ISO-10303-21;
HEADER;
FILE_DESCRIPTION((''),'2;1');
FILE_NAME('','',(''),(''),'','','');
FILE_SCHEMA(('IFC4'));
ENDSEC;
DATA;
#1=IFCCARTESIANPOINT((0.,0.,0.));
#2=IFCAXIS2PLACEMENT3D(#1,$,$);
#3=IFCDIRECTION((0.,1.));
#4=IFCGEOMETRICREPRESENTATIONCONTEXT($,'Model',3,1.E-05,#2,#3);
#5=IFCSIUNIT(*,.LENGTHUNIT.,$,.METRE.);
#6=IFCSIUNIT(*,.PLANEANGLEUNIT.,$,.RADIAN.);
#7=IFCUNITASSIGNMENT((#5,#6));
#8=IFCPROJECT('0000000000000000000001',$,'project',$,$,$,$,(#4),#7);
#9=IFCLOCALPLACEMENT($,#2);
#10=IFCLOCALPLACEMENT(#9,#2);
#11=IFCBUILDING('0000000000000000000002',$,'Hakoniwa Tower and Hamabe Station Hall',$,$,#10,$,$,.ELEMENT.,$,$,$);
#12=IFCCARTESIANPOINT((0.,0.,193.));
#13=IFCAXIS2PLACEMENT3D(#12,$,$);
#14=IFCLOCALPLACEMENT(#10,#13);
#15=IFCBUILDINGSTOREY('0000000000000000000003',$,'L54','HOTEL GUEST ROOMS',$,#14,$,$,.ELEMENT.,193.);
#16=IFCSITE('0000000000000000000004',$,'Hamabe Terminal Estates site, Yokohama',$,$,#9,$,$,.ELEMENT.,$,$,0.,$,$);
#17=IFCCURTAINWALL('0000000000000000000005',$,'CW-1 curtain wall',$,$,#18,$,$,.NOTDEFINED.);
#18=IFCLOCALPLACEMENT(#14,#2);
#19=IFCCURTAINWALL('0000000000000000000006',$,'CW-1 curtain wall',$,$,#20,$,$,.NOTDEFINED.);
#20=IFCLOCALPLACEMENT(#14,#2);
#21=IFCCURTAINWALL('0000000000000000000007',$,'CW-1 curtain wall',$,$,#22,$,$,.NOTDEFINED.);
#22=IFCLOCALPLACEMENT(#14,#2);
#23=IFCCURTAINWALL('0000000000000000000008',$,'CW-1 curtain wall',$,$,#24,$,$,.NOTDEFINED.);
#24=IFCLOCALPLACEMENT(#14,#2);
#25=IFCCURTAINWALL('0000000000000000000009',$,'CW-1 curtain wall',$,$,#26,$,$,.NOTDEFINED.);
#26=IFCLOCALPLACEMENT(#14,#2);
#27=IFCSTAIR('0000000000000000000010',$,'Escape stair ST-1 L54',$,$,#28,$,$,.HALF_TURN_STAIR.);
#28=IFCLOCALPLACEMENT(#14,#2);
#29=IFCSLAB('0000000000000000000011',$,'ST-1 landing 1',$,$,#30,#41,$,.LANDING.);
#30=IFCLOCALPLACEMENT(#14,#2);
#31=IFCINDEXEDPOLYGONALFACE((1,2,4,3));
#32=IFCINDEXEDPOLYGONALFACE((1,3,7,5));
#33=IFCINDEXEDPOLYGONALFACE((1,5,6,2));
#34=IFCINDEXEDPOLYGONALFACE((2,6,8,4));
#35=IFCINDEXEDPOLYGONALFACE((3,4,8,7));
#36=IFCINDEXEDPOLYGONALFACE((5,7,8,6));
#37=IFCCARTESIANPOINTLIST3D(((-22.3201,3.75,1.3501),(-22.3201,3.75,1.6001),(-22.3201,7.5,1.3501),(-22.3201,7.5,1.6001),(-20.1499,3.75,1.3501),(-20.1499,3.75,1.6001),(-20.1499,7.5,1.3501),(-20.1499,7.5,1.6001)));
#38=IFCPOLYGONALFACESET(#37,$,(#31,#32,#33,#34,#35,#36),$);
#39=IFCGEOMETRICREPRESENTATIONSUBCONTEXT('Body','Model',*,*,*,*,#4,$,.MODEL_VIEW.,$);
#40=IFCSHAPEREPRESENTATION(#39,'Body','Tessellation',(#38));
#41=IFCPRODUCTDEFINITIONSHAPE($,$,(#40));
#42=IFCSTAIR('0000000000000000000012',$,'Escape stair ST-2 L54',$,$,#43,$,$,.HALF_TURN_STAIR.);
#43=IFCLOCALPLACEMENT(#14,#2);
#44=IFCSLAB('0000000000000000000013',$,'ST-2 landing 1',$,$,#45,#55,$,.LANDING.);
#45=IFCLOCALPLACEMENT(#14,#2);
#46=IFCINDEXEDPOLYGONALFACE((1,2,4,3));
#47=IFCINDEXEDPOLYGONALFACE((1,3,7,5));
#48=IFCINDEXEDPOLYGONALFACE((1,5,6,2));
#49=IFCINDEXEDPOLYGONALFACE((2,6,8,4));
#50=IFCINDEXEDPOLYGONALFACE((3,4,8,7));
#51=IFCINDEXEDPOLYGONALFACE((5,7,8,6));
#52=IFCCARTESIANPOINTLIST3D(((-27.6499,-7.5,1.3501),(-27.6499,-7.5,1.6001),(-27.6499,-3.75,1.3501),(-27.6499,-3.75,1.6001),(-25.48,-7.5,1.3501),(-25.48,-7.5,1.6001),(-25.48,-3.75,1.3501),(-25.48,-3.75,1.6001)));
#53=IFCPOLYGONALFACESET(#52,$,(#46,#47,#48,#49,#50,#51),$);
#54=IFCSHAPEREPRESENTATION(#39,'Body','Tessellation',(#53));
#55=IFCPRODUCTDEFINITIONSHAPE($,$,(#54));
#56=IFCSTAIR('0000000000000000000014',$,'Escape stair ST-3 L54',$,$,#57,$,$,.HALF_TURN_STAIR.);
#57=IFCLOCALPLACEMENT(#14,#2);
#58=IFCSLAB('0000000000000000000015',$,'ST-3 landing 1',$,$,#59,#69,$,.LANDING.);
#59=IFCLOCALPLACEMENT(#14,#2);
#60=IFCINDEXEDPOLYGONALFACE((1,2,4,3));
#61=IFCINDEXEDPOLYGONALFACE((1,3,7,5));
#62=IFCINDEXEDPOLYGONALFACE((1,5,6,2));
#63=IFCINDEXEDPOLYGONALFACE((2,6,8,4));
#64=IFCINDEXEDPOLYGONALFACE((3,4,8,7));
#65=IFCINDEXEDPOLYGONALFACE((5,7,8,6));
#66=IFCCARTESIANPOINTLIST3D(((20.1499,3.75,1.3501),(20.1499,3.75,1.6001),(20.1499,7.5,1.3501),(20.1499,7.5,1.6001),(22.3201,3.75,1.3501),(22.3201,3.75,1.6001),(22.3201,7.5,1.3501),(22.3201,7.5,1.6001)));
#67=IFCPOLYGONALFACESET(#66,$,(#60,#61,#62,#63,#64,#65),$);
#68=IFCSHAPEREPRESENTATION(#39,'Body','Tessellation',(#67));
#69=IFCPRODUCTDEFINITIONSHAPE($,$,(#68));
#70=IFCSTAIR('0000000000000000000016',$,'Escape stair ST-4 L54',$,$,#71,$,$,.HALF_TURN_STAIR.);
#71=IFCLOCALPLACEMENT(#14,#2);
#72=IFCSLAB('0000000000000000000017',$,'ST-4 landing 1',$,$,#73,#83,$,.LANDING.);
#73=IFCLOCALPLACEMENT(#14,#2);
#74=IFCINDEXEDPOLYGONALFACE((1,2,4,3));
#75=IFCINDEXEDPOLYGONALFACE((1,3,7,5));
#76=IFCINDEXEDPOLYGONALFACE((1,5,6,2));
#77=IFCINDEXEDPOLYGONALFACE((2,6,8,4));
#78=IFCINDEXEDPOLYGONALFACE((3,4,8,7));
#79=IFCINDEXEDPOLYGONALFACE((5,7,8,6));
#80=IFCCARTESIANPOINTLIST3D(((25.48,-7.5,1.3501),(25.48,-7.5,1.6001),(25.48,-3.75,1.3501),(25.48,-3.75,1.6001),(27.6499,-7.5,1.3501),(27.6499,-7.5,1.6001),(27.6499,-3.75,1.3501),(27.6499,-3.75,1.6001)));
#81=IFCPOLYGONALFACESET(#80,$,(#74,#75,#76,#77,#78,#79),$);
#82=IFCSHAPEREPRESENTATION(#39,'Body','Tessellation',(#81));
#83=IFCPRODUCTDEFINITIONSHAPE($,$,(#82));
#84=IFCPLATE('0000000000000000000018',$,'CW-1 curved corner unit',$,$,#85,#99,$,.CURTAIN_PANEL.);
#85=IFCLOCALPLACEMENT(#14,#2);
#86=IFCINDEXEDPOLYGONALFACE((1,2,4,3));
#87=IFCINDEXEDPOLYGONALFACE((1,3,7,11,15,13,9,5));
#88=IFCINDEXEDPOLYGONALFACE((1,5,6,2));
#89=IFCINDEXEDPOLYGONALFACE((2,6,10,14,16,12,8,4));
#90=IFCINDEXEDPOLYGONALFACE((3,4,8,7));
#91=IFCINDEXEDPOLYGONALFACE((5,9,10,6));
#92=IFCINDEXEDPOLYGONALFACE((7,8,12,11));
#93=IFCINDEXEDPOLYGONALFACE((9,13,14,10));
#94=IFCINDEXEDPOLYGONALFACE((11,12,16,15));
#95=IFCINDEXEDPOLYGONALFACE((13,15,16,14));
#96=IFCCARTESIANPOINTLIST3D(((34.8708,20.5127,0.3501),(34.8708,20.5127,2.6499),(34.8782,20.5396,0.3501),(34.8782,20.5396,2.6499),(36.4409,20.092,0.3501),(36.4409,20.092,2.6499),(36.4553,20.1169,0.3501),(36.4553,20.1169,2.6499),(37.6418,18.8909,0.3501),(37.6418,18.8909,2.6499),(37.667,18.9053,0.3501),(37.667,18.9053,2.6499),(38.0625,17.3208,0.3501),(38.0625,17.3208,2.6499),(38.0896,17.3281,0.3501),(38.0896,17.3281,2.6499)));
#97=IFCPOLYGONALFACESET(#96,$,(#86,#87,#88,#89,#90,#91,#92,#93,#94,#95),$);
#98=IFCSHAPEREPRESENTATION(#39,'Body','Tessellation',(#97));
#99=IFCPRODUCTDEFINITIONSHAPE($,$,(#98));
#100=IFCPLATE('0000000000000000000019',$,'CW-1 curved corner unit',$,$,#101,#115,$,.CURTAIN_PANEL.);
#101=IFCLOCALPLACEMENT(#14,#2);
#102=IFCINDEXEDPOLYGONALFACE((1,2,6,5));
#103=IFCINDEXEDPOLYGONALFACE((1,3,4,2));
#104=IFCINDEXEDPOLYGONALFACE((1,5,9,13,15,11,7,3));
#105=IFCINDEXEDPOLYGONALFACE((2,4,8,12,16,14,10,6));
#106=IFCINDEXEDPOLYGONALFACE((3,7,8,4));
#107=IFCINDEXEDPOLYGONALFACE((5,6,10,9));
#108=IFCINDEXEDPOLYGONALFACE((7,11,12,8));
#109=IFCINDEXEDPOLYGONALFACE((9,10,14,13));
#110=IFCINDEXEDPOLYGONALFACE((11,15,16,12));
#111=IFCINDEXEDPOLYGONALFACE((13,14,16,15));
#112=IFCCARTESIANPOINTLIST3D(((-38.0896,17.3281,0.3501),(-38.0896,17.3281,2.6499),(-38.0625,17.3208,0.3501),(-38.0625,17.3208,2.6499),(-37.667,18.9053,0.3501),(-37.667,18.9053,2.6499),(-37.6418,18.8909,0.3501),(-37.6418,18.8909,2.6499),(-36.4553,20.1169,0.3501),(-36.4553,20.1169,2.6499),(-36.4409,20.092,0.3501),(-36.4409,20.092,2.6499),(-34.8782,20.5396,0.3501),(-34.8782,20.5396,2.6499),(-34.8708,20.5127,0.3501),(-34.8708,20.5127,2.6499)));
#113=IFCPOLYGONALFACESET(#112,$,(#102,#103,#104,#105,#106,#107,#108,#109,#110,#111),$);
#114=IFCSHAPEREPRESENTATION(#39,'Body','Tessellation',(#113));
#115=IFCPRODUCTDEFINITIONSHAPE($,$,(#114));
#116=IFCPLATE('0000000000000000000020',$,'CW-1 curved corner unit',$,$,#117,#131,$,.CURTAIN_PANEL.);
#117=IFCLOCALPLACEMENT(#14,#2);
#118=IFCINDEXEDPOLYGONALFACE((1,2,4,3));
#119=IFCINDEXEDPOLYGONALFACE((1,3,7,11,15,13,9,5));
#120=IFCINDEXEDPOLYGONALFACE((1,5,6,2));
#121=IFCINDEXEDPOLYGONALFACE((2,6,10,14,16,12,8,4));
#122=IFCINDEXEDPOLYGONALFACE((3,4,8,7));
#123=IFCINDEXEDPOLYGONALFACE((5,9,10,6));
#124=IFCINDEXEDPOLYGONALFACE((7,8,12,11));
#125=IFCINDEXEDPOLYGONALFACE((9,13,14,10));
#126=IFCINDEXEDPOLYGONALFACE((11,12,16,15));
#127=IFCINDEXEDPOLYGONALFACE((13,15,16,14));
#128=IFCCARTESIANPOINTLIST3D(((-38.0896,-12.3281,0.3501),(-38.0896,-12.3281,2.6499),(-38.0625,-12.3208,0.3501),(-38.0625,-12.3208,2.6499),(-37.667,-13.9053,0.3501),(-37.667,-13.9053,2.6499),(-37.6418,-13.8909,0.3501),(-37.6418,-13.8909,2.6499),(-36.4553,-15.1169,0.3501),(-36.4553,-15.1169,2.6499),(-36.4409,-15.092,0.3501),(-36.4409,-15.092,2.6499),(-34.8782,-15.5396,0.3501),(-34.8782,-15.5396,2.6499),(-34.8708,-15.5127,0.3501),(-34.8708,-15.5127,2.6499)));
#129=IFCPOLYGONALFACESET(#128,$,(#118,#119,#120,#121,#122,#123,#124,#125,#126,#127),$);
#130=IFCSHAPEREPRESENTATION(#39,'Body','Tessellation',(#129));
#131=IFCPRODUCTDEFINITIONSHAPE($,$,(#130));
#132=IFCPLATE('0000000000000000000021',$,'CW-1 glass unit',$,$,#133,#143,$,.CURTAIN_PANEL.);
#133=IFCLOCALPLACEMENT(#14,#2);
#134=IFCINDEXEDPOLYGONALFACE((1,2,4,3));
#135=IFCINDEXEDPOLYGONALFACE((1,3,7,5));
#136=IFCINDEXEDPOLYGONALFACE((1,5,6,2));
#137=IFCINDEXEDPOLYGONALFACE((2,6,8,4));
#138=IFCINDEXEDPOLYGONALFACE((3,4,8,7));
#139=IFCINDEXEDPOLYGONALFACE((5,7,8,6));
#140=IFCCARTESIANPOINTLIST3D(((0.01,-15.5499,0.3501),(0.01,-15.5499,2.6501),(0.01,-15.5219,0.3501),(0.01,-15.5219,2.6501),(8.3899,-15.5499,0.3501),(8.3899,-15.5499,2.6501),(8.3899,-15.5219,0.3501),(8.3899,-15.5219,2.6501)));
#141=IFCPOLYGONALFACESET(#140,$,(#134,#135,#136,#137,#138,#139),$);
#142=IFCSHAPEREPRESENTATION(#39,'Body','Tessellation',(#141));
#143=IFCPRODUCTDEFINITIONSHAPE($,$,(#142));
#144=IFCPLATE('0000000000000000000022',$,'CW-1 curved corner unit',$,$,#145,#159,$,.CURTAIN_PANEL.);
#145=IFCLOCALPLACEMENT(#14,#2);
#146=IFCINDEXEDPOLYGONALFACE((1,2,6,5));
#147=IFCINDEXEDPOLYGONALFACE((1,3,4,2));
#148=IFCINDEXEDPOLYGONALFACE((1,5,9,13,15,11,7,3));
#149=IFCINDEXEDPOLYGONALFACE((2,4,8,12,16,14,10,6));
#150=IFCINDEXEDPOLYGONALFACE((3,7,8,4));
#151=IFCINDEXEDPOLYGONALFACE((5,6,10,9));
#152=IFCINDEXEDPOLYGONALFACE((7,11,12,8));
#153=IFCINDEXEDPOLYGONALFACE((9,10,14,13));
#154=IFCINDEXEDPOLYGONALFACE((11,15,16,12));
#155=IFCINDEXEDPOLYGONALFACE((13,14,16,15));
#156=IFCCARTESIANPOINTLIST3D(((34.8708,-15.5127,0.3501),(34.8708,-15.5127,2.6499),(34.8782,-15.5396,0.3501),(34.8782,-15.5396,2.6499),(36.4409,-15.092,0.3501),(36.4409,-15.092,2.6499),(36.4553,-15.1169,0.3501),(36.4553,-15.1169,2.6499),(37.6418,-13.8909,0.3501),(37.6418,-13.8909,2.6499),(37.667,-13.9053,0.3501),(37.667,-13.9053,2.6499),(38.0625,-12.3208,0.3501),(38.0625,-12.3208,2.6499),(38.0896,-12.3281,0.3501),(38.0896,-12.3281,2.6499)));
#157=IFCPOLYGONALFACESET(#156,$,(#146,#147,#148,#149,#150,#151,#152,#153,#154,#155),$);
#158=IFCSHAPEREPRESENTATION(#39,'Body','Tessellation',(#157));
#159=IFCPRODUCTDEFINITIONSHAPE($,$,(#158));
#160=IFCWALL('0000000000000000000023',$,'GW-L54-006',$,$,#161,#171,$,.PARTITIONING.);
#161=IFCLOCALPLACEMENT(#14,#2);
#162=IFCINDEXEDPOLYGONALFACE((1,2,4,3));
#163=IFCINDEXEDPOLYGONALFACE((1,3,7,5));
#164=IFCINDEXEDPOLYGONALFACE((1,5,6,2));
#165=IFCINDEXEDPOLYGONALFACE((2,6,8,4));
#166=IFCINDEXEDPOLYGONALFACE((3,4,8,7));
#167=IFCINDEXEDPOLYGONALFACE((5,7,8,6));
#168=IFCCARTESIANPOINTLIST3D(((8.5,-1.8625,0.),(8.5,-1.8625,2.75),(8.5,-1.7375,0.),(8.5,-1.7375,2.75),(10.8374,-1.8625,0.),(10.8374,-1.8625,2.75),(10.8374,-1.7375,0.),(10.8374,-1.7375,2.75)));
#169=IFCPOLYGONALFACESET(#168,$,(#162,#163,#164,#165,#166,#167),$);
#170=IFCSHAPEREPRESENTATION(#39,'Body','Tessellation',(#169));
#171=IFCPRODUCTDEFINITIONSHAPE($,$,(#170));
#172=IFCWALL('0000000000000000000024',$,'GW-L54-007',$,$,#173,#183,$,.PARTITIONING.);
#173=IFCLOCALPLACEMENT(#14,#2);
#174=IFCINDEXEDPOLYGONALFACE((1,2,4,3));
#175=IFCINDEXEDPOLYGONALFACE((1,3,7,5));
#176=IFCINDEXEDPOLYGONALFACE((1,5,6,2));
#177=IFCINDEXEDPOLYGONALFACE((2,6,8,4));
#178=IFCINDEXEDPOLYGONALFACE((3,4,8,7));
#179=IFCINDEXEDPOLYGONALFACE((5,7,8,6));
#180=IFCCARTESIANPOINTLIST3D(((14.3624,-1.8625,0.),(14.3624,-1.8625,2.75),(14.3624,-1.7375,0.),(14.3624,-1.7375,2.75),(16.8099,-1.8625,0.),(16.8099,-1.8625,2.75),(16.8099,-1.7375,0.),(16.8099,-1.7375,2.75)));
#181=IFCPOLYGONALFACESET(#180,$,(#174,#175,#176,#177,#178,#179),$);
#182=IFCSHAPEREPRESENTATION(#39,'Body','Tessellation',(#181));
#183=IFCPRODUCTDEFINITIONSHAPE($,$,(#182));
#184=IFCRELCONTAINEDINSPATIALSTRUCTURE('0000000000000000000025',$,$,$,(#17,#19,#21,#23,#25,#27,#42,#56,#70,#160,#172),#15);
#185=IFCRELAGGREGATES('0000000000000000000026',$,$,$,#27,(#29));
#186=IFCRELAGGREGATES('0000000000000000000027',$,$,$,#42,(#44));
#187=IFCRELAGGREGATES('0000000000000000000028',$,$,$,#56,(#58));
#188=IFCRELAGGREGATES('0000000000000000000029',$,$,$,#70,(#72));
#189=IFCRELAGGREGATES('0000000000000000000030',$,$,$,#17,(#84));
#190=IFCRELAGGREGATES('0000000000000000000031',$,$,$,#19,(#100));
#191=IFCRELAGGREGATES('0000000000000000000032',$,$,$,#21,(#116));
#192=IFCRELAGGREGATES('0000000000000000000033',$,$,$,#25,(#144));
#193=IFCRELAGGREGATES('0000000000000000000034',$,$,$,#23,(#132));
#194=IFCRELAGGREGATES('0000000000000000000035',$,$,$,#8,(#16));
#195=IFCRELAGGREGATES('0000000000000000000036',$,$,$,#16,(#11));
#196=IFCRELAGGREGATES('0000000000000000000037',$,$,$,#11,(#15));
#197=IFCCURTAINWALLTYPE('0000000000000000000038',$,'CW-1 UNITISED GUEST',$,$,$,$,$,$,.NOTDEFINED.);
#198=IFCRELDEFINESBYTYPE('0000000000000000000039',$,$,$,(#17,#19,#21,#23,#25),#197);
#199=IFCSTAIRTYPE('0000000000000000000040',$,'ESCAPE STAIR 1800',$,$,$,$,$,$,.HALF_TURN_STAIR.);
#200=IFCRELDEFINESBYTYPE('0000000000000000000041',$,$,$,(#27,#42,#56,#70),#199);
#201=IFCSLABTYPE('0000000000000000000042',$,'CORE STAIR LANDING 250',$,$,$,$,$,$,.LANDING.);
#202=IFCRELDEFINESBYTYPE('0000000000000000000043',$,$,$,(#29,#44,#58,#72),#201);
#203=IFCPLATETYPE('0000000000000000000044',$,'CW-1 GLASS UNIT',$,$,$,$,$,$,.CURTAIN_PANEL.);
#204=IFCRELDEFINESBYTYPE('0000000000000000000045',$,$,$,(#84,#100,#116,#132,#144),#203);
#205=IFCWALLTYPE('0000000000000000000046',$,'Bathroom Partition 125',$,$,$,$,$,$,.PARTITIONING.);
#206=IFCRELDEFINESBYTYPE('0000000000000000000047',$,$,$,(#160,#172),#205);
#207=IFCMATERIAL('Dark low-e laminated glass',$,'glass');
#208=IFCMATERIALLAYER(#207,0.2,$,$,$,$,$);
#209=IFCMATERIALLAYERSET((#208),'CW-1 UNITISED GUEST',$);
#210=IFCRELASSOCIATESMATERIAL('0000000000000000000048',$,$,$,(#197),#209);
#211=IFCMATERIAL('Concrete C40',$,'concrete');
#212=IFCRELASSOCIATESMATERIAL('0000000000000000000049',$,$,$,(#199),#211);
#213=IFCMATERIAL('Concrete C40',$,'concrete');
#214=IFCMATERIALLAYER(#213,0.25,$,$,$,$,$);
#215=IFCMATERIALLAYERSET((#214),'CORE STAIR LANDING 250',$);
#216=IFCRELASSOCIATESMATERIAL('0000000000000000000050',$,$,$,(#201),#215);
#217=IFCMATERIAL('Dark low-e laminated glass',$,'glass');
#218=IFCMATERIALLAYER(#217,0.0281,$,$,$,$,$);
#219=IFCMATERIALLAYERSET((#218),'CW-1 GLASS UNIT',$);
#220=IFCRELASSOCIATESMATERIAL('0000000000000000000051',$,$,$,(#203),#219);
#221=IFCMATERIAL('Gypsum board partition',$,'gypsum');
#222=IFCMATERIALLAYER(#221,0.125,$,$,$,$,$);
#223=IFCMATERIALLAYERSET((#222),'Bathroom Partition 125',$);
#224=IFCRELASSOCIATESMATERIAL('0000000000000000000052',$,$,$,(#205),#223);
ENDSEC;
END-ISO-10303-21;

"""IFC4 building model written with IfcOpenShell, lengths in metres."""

from ifc_helpers import new_model, si_unit, direction, frame, frame_2d, origin, origin_2d, place, context, subcontext, project, spatial, polyline, rectangle, outline, extrude, material, layer, layer_set, type_object, element, aggregate, save


model = new_model("IFC4")

# Units and contexts
model_context = context("Model", 3, precision=1e-05, world=origin(), true_north=direction((0.0, 1.0)))
body_context = subcontext(model_context, "Body", "Model", "MODEL_VIEW")
ifc_project = project(units=[si_unit("LENGTHUNIT", "METRE"), si_unit("PLANEANGLEUNIT", "RADIAN")], contexts=[model_context])

# Site, building, storey
site_placement = place(None, origin())
site = spatial("IfcSite", under=ifc_project, at=site_placement, Name="Hamabe Terminal Estates site, Yokohama", CompositionType="ELEMENT", RefElevation=0.0)
building_placement = place(site_placement, origin())
building = spatial("IfcBuilding", under=site, at=building_placement, Name="Hakoniwa Tower and Hamabe Station Hall", CompositionType="ELEMENT")
storey_placement = place(building_placement, frame((0.0, 0.0, 193.0)))
storey = spatial("IfcBuildingStorey", under=building, at=storey_placement, Name="L54", Description="HOTEL GUEST ROOMS", CompositionType="ELEMENT", Elevation=193.0)

# Curtain walls
ifc_material_1 = material(Name="Dark low-e laminated glass", Category="glass")
ifc_layer_1 = layer(ifc_material_1, 0.2)
ifc_layer_set_1 = layer_set([ifc_layer_1], Name="CW-1 UNITISED GUEST")
curtain_wall_type = type_object("IfcCurtainWallType", Name="CW-1 UNITISED GUEST", PredefinedType="NOTDEFINED", material=ifc_layer_set_1)
curtain_wall_1_placement = place(storey_placement, origin())
curtain_wall_1 = element("IfcCurtainWall", 1, at=curtain_wall_1_placement, inside=storey, type_object=curtain_wall_type, Name="CW-1 curtain wall", PredefinedType="NOTDEFINED")
curtain_wall_2_placement = place(storey_placement, origin())
curtain_wall_2 = element("IfcCurtainWall", 2, at=curtain_wall_2_placement, inside=storey, type_object=curtain_wall_type, Name="CW-1 curtain wall", PredefinedType="NOTDEFINED")
curtain_wall_3_placement = place(storey_placement, origin())
curtain_wall_3 = element("IfcCurtainWall", 3, at=curtain_wall_3_placement, inside=storey, type_object=curtain_wall_type, Name="CW-1 curtain wall", PredefinedType="NOTDEFINED")
curtain_wall_4_placement = place(storey_placement, origin())
curtain_wall_4 = element("IfcCurtainWall", 4, at=curtain_wall_4_placement, inside=storey, type_object=curtain_wall_type, Name="CW-1 curtain wall", PredefinedType="NOTDEFINED")
curtain_wall_5_placement = place(storey_placement, origin())
curtain_wall_5 = element("IfcCurtainWall", 5, at=curtain_wall_5_placement, inside=storey, type_object=curtain_wall_type, Name="CW-1 curtain wall", PredefinedType="NOTDEFINED")

# Stairs, slabs
ifc_material_2 = material(Name="Concrete C40", Category="concrete")
stair_type = type_object("IfcStairType", Name="ESCAPE STAIR 1800", PredefinedType="HALF_TURN_STAIR", material=ifc_material_2)
stair_1_placement = place(storey_placement, origin())
stair_1 = element("IfcStair", 6, at=stair_1_placement, inside=storey, type_object=stair_type, Name="Escape stair ST-1 L54", PredefinedType="HALF_TURN_STAIR")
ifc_material_3 = material(Name="Concrete C40", Category="concrete")
ifc_layer_2 = layer(ifc_material_3, 0.25)
ifc_layer_set_2 = layer_set([ifc_layer_2], Name="CORE STAIR LANDING 250")
slab_type = type_object("IfcSlabType", Name="CORE STAIR LANDING 250", PredefinedType="LANDING", material=ifc_layer_set_2)
slab_1_placement = place(storey_placement, frame((0.0, 0.0, 1.3501)))
slab_1 = element("IfcSlab", 7, at=slab_1_placement, type_object=slab_type, Name="ST-1 landing 1", PredefinedType="LANDING", context=body_context, shape_type="SweptSolid", body=[
    extrude(outline(polyline([(-22.3201, 3.75), (-20.1499, 3.75), (-20.1499, 7.5), (-22.3201, 7.5), (-22.3201, 3.75)])), origin(), (0.0, 0.0, 1.0), 0.25),
])
aggregate(stair_1, [slab_1])
stair_2_placement = place(storey_placement, origin())
stair_2 = element("IfcStair", 8, at=stair_2_placement, inside=storey, type_object=stair_type, Name="Escape stair ST-2 L54", PredefinedType="HALF_TURN_STAIR")
slab_2_placement = place(storey_placement, frame((0.0, 0.0, 1.3501)))
slab_2 = element("IfcSlab", 9, at=slab_2_placement, type_object=slab_type, Name="ST-2 landing 1", PredefinedType="LANDING", context=body_context, shape_type="SweptSolid", body=[
    extrude(outline(polyline([(-25.48, -7.5), (-27.6499, -7.5), (-27.6499, -3.75), (-25.48, -3.75), (-25.48, -7.5)])), origin(), (0.0, 0.0, 1.0), 0.25),
])
aggregate(stair_2, [slab_2])
stair_3_placement = place(storey_placement, origin())
stair_3 = element("IfcStair", 10, at=stair_3_placement, inside=storey, type_object=stair_type, Name="Escape stair ST-3 L54", PredefinedType="HALF_TURN_STAIR")
slab_3_placement = place(storey_placement, frame((0.0, 0.0, 1.3501)))
slab_3 = element("IfcSlab", 11, at=slab_3_placement, type_object=slab_type, Name="ST-3 landing 1", PredefinedType="LANDING", context=body_context, shape_type="SweptSolid", body=[
    extrude(outline(polyline([(22.3201, 3.75), (20.1499, 3.75), (20.1499, 7.5), (22.3201, 7.5), (22.3201, 3.75)])), origin(), (0.0, 0.0, 1.0), 0.25),
])
aggregate(stair_3, [slab_3])
stair_4_placement = place(storey_placement, origin())
stair_4 = element("IfcStair", 12, at=stair_4_placement, inside=storey, type_object=stair_type, Name="Escape stair ST-4 L54", PredefinedType="HALF_TURN_STAIR")
slab_4_placement = place(storey_placement, frame((0.0, 0.0, 1.3501)))
slab_4 = element("IfcSlab", 13, at=slab_4_placement, type_object=slab_type, Name="ST-4 landing 1", PredefinedType="LANDING", context=body_context, shape_type="SweptSolid", body=[
    extrude(outline(polyline([(25.48, -7.5), (27.6499, -7.5), (27.6499, -3.75), (25.48, -3.75), (25.48, -7.5)])), origin(), (0.0, 0.0, 1.0), 0.25),
])
aggregate(stair_4, [slab_4])

# Plates
ifc_material_4 = material(Name="Dark low-e laminated glass", Category="glass")
ifc_layer_3 = layer(ifc_material_4, 0.0281)
ifc_layer_set_3 = layer_set([ifc_layer_3], Name="CW-1 GLASS UNIT")
plate_type = type_object("IfcPlateType", Name="CW-1 GLASS UNIT", PredefinedType="CURTAIN_PANEL", material=ifc_layer_set_3)
plate_1_placement = place(storey_placement, frame((0.0, 0.0, 0.3501)))
plate_1 = element("IfcPlate", 14, at=plate_1_placement, type_object=plate_type, Name="CW-1 curved corner unit", PredefinedType="CURTAIN_PANEL", context=body_context, shape_type="SweptSolid", body=[
    extrude(outline(polyline([(38.0896, 17.3281), (37.667, 18.9053), (36.4553, 20.1169), (34.8782, 20.5396), (34.8708, 20.5127), (36.4409, 20.092), (37.6418, 18.8909), (38.0625, 17.3208), (38.0896, 17.3281)])), origin(), (0.0, 0.0, 1.0), 2.2998),
])
aggregate(curtain_wall_1, [plate_1])
plate_2_placement = place(storey_placement, frame((0.0, 0.0, 0.3501)))
plate_2 = element("IfcPlate", 15, at=plate_2_placement, type_object=plate_type, Name="CW-1 curved corner unit", PredefinedType="CURTAIN_PANEL", context=body_context, shape_type="SweptSolid", body=[
    extrude(outline(polyline([(-34.8782, 20.5396), (-36.4553, 20.1169), (-37.667, 18.9053), (-38.0896, 17.3281), (-38.0625, 17.3208), (-37.6418, 18.8909), (-36.4409, 20.092), (-34.8708, 20.5127), (-34.8782, 20.5396)])), origin(), (0.0, 0.0, 1.0), 2.2998),
])
aggregate(curtain_wall_2, [plate_2])
plate_3_placement = place(storey_placement, frame((0.0, 0.0, 0.3501)))
plate_3 = element("IfcPlate", 16, at=plate_3_placement, type_object=plate_type, Name="CW-1 curved corner unit", PredefinedType="CURTAIN_PANEL", context=body_context, shape_type="SweptSolid", body=[
    extrude(outline(polyline([(-38.0896, -12.3281), (-37.667, -13.9053), (-36.4553, -15.1169), (-34.8782, -15.5396), (-34.8708, -15.5127), (-36.4409, -15.092), (-37.6418, -13.8909), (-38.0625, -12.3208), (-38.0896, -12.3281)])), origin(), (0.0, 0.0, 1.0), 2.2998),
])
aggregate(curtain_wall_3, [plate_3])
plate_4_placement = place(storey_placement, frame((4.2, -15.5359, 0.3501), z_axis=(0.0, 0.0, 1.0), x_axis=(1.0, 0.0, 0.0)))
plate_4 = element("IfcPlate", 17, at=plate_4_placement, type_object=plate_type, Name="CW-1 glass unit", PredefinedType="CURTAIN_PANEL", context=body_context, shape_type="SweptSolid", body=[
    extrude(rectangle(XDim=8.3799, YDim=0.0281, at=origin_2d()), origin(), (0.0, 0.0, 1.0), 2.3),
])
plate_5_placement = place(storey_placement, frame((0.0, 0.0, 0.3501)))
plate_5 = element("IfcPlate", 18, at=plate_5_placement, type_object=plate_type, Name="CW-1 curved corner unit", PredefinedType="CURTAIN_PANEL", context=body_context, shape_type="SweptSolid", body=[
    extrude(outline(polyline([(34.8782, -15.5396), (36.4553, -15.1169), (37.667, -13.9053), (38.0896, -12.3281), (38.0625, -12.3208), (37.6418, -13.8909), (36.4409, -15.092), (34.8708, -15.5127), (34.8782, -15.5396)])), origin(), (0.0, 0.0, 1.0), 2.2998),
])
aggregate(curtain_wall_5, [plate_5])

# Walls
ifc_material_5 = material(Name="Gypsum board partition", Category="gypsum")
ifc_layer_4 = layer(ifc_material_5, 0.125)
ifc_layer_set_4 = layer_set([ifc_layer_4], Name="Bathroom Partition 125")
wall_type_1 = type_object("IfcWallType", Name="Bathroom Partition 125", PredefinedType="PARTITIONING", material=ifc_layer_set_4)
wall_1_placement = place(storey_placement, frame((8.5, -1.8, 0.0), z_axis=(0.0, 0.0, 1.0), x_axis=(1.0, 0.0, 0.0)))
element("IfcWall", 19, at=wall_1_placement, inside=storey, type_object=wall_type_1, Name="GW-L54-006", PredefinedType="PARTITIONING", context=body_context, shape_type="SweptSolid", body=[
    extrude(rectangle(XDim=2.3374, YDim=0.125, at=frame_2d((1.1687, 0.0))), origin(), (0.0, 0.0, 1.0), 2.75),
])
wall_2_placement = place(storey_placement, frame((14.3625, -1.8, 0.0), z_axis=(0.0, 0.0, 1.0), x_axis=(1.0, 0.0, 0.0)))
element("IfcWall", 20, at=wall_2_placement, inside=storey, type_object=wall_type_1, Name="GW-L54-007", PredefinedType="PARTITIONING", context=body_context, shape_type="SweptSolid", body=[
    extrude(rectangle(XDim=2.4475, YDim=0.125, at=frame_2d((1.2236, 0.0))), origin(), (0.0, 0.0, 1.0), 2.75),
])

aggregate(curtain_wall_4, [plate_4])

save(model, "model.ifc")
